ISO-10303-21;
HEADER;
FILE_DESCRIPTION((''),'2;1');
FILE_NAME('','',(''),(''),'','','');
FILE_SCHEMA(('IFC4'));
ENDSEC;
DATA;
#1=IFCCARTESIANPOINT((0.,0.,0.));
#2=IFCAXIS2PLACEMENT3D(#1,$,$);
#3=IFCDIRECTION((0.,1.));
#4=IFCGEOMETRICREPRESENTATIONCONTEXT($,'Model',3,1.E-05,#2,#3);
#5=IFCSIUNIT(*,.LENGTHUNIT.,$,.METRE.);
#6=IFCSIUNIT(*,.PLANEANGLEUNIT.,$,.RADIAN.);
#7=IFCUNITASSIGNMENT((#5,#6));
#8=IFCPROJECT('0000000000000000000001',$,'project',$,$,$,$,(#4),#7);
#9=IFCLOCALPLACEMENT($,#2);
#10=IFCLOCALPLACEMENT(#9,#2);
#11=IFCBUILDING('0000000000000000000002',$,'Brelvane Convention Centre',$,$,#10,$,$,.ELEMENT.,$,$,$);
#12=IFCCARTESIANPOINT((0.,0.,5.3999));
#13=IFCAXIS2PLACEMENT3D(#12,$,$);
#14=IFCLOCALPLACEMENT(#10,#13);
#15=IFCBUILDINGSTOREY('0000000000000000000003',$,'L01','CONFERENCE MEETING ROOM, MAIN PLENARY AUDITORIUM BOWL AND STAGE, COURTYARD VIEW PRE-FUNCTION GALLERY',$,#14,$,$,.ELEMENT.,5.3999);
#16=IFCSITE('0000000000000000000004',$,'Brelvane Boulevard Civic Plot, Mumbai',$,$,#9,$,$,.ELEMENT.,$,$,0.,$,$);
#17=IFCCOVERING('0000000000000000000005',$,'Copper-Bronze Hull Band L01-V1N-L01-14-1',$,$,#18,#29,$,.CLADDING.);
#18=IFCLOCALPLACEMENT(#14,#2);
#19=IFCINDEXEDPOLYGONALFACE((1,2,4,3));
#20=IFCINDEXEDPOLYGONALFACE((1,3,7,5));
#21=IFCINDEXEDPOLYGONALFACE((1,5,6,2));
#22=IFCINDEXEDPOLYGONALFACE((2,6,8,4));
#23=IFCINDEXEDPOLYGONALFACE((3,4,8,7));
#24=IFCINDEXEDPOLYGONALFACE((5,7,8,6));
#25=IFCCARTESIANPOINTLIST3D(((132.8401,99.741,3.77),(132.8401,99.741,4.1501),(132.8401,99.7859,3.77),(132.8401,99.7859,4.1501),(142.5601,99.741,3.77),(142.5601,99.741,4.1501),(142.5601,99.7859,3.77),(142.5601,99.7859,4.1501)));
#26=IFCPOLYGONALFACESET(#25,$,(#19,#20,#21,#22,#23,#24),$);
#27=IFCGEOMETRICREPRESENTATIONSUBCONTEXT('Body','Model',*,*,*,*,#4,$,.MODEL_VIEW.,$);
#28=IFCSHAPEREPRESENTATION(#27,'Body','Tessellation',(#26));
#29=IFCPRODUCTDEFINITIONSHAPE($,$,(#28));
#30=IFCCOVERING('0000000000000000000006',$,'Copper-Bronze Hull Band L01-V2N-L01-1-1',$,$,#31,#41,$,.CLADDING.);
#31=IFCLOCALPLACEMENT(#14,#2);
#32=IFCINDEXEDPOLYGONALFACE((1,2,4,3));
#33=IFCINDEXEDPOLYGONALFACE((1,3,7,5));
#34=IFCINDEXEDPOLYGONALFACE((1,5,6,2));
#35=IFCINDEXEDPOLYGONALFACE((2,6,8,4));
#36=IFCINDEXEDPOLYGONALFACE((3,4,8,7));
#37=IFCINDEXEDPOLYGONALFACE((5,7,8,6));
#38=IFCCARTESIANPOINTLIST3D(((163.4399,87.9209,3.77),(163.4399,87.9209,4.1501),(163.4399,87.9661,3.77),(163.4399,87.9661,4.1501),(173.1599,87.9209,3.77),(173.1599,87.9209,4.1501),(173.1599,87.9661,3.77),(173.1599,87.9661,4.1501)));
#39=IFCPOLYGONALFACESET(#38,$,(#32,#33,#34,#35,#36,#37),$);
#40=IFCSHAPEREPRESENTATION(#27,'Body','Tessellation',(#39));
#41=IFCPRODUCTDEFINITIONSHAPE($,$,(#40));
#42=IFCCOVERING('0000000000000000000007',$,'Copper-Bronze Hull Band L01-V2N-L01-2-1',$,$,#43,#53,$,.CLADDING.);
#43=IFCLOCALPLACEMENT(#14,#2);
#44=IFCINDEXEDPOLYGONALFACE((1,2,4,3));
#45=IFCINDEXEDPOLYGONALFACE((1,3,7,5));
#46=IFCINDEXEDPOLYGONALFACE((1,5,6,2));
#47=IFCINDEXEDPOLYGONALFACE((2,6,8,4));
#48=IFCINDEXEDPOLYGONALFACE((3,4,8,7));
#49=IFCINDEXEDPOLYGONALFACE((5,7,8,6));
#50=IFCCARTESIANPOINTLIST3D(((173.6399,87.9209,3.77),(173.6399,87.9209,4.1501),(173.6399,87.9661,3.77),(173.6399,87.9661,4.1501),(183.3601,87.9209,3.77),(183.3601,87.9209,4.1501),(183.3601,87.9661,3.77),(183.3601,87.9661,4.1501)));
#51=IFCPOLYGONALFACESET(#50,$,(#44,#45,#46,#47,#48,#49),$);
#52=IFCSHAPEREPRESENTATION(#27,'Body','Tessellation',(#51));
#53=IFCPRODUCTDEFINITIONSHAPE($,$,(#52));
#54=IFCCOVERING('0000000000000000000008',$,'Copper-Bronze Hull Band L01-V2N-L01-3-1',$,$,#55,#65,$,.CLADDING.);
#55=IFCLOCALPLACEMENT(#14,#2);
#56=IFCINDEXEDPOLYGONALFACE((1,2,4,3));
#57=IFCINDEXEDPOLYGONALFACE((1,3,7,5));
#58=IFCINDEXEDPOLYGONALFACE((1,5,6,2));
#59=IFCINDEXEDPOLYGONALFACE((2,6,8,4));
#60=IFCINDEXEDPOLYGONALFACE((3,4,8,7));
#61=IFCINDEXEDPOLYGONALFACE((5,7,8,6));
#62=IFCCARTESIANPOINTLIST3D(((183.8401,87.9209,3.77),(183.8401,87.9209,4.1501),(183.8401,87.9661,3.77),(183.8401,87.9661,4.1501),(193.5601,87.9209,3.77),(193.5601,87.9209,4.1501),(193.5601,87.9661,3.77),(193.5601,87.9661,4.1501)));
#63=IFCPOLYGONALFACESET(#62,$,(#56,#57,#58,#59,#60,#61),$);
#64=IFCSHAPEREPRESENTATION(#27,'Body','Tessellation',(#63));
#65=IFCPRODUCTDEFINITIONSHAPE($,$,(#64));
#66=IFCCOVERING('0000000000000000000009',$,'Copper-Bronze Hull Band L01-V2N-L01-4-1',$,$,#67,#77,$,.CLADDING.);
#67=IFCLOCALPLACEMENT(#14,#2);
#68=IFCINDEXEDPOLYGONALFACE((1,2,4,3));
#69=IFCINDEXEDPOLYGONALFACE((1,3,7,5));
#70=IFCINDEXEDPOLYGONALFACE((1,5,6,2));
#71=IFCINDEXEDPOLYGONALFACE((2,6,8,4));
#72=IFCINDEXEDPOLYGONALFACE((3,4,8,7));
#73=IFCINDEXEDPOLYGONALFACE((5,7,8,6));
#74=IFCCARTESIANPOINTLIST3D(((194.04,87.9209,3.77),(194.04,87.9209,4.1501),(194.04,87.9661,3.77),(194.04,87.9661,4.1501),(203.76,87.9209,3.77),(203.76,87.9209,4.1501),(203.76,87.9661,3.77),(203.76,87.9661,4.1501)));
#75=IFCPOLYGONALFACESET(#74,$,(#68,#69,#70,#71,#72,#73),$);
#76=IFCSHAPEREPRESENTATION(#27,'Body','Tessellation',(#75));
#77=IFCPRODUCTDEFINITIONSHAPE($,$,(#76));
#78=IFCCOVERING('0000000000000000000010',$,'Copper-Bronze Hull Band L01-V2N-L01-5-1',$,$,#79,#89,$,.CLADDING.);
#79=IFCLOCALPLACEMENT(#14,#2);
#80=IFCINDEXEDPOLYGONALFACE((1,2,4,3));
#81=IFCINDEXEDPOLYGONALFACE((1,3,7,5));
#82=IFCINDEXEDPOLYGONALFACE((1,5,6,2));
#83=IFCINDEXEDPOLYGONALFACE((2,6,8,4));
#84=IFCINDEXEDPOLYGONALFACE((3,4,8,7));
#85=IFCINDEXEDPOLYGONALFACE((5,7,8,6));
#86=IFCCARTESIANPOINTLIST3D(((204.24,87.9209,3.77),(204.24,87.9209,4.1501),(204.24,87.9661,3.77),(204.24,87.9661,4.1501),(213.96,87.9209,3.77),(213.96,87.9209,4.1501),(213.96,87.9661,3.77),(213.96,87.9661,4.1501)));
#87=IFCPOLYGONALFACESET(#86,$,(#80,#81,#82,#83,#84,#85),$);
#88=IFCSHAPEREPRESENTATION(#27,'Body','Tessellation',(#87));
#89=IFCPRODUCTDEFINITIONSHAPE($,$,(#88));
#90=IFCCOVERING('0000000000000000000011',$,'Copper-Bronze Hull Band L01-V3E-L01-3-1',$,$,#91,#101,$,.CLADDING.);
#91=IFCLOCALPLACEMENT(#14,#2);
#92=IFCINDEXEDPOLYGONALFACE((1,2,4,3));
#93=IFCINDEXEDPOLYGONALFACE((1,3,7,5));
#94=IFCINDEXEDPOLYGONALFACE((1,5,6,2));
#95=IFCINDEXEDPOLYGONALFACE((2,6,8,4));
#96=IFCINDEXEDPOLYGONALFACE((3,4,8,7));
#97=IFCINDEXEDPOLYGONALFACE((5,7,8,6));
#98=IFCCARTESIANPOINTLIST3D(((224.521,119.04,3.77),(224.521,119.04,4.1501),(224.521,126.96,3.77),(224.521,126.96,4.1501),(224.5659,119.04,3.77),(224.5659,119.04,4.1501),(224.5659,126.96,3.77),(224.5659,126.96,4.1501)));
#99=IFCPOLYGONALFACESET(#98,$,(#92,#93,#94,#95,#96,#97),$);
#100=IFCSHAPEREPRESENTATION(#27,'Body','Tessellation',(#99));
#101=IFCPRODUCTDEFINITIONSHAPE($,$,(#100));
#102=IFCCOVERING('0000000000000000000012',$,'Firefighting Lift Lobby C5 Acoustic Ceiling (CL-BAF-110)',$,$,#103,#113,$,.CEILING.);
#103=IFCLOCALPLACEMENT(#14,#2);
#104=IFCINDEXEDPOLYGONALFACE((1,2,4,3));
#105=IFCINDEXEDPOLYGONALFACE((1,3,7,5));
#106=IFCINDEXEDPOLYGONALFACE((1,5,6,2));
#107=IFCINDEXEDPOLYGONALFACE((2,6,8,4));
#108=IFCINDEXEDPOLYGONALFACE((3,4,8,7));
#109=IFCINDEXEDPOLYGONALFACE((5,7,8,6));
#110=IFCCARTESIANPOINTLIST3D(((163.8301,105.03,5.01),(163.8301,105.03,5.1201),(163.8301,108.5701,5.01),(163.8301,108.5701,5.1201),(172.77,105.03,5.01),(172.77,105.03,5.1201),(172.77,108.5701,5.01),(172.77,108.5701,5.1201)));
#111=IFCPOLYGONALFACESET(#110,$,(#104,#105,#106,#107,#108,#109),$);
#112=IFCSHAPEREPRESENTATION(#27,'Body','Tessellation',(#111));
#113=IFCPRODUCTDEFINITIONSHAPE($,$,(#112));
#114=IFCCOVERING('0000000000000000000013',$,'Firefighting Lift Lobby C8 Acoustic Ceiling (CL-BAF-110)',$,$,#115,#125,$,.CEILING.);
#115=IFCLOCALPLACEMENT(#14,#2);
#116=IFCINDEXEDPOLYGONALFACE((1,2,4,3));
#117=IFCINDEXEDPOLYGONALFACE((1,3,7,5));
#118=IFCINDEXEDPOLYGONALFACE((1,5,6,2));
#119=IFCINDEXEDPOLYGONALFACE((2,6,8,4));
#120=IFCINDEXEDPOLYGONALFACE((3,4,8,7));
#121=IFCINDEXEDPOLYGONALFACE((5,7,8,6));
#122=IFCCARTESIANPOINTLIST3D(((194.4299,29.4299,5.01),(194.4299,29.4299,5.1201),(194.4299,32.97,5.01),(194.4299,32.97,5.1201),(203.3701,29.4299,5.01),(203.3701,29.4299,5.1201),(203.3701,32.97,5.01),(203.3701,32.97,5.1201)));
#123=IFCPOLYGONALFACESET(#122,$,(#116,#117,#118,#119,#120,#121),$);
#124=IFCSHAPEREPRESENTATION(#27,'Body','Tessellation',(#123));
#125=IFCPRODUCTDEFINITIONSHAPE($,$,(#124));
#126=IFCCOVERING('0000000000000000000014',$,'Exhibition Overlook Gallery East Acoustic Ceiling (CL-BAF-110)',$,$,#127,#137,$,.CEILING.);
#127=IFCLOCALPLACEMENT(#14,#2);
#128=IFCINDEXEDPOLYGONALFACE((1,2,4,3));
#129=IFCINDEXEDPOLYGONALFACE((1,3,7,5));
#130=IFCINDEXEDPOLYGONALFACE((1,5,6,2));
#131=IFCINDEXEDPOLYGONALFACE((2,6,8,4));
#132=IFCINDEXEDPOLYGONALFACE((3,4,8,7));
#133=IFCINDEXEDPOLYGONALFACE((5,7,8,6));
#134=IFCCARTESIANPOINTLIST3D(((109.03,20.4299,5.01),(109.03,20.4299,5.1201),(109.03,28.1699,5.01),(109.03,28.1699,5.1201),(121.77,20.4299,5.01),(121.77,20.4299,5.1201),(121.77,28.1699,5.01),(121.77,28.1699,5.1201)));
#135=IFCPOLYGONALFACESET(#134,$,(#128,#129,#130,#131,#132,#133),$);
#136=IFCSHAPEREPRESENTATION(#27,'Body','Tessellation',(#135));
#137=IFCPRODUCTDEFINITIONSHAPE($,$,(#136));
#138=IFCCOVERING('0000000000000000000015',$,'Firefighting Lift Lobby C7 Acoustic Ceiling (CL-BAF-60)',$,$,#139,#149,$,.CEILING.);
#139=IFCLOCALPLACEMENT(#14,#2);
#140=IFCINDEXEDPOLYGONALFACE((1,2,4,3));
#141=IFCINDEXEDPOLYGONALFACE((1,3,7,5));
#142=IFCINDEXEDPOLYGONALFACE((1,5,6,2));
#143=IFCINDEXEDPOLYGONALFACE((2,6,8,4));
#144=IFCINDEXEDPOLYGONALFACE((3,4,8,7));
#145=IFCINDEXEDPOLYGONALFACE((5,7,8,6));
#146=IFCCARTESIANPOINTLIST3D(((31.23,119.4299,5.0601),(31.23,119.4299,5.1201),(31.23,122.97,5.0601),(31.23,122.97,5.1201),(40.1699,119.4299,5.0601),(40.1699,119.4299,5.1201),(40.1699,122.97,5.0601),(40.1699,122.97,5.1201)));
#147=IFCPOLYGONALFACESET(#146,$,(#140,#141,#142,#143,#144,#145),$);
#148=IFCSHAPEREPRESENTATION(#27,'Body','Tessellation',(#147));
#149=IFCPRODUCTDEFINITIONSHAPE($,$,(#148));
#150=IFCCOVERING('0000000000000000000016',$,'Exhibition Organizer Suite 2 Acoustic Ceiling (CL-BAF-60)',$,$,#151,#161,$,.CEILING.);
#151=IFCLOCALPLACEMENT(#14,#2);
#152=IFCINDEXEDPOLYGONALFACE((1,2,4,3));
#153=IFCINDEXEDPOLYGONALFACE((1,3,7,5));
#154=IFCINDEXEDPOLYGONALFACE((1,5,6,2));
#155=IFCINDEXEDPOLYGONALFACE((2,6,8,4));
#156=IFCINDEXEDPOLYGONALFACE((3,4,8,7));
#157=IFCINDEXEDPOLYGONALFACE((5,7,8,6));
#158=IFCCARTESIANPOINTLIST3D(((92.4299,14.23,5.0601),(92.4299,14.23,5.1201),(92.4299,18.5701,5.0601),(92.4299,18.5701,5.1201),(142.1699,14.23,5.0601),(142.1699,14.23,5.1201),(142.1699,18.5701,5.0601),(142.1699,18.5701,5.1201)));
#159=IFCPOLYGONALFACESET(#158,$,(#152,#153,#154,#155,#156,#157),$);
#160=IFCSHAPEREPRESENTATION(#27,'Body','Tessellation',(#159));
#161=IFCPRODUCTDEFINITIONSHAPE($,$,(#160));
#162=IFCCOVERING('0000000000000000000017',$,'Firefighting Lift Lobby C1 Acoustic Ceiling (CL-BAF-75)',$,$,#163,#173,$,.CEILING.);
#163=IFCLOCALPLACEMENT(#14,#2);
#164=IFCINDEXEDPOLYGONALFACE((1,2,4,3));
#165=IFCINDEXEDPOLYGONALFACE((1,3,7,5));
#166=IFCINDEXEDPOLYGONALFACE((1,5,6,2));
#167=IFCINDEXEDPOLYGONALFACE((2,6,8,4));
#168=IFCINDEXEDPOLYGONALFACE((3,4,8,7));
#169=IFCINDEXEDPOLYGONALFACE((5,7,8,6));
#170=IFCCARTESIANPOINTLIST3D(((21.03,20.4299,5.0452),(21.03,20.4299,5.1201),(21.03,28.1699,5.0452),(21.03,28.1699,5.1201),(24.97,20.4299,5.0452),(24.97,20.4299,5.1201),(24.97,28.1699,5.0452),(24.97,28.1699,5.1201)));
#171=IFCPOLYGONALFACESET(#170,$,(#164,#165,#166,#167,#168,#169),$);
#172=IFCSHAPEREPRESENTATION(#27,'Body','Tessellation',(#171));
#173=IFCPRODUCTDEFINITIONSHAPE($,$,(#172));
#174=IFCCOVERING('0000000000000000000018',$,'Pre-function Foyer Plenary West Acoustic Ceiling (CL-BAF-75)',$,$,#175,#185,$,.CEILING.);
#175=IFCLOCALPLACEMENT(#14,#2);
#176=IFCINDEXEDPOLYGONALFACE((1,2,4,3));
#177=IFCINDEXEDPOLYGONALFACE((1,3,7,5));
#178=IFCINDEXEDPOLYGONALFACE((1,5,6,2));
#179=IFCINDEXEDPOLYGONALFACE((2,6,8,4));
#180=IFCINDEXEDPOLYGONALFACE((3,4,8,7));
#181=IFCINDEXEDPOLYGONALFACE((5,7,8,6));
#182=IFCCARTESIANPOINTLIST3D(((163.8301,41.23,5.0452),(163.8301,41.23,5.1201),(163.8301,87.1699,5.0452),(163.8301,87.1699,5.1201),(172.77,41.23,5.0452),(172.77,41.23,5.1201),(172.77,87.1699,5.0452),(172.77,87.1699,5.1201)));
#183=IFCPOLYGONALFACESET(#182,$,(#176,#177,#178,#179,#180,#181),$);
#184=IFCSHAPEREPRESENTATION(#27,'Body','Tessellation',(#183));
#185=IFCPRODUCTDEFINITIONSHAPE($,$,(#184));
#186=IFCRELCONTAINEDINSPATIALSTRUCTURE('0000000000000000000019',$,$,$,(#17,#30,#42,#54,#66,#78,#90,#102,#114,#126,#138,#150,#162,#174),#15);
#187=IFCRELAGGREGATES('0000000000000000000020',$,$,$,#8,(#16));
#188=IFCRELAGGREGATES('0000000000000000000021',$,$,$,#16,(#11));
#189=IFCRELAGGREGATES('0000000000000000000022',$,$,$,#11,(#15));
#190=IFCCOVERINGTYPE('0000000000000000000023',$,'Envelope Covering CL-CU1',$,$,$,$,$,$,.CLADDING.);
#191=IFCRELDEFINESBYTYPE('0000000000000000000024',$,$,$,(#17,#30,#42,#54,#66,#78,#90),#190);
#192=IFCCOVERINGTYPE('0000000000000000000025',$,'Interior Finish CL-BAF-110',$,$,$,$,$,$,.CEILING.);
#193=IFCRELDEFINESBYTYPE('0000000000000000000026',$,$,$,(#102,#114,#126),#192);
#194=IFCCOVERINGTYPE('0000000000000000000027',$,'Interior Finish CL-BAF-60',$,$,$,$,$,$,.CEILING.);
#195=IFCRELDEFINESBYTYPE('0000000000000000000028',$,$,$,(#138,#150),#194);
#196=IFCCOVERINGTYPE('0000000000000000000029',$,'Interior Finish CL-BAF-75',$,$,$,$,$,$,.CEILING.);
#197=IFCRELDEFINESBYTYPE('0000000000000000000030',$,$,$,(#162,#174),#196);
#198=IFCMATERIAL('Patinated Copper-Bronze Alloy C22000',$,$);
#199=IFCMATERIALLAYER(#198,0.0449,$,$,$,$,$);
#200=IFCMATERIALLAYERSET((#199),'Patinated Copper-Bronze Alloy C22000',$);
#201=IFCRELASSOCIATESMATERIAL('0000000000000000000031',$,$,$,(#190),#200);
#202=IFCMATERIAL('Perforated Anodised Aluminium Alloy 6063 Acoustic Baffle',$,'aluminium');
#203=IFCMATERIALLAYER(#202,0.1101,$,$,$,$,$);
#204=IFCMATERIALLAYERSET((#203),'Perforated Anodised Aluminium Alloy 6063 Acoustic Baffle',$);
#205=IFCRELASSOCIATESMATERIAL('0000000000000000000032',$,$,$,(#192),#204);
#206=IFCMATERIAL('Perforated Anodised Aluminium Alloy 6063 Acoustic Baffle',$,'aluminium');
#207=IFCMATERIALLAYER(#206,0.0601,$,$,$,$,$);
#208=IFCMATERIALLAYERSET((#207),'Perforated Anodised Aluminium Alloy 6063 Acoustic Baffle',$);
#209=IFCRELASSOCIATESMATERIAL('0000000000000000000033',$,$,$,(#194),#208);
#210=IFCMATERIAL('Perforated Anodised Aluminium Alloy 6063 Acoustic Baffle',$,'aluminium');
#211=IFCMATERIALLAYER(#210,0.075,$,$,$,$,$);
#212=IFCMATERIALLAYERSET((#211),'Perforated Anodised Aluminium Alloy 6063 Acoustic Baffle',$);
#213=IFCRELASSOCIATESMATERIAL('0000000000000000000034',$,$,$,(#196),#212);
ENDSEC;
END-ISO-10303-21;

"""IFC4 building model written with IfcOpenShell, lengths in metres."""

from ifc_helpers import new_model, si_unit, direction, frame, origin, place, context, subcontext, project, spatial, polyline, outline, extrude, material, layer, layer_set, type_object, element, save


model = new_model("IFC4")

# Units and contexts
model_context = context("Model", 3, precision=1e-05, world=origin(), true_north=direction((0.0, 1.0)))
body_context = subcontext(model_context, "Body", "Model", "MODEL_VIEW")
ifc_project = project(units=[si_unit("LENGTHUNIT", "METRE"), si_unit("PLANEANGLEUNIT", "RADIAN")], contexts=[model_context])

# Site, building, storey
site_placement = place(None, origin())
site = spatial("IfcSite", under=ifc_project, at=site_placement, Name="Brelvane Boulevard Civic Plot, Mumbai", CompositionType="ELEMENT", RefElevation=0.0)
building_placement = place(site_placement, origin())
building = spatial("IfcBuilding", under=site, at=building_placement, Name="Brelvane Convention Centre", CompositionType="ELEMENT")
storey_placement = place(building_placement, frame((0.0, 0.0, 5.3999)))
storey = spatial("IfcBuildingStorey", under=building, at=storey_placement, Name="L01", Description="CONFERENCE MEETING ROOM, MAIN PLENARY AUDITORIUM BOWL AND STAGE, COURTYARD VIEW PRE-FUNCTION GALLERY", CompositionType="ELEMENT", Elevation=5.3999)

# Coverings
ifc_material_1 = material(Name="Patinated Copper-Bronze Alloy C22000")
ifc_layer_1 = layer(ifc_material_1, 0.0449)
ifc_layer_set_1 = layer_set([ifc_layer_1], Name="Patinated Copper-Bronze Alloy C22000")
covering_type_1 = type_object("IfcCoveringType", Name="Envelope Covering CL-CU1", PredefinedType="CLADDING", material=ifc_layer_set_1)
covering_1_placement = place(storey_placement, frame((0.0, 0.0, 3.77)))
element("IfcCovering", 1, at=covering_1_placement, inside=storey, type_object=covering_type_1, Name="Copper-Bronze Hull Band L01-V1N-L01-14-1", PredefinedType="CLADDING", context=body_context, shape_type="SweptSolid", body=[
    extrude(outline(polyline([(132.8401, 99.741), (142.5601, 99.741), (142.5601, 99.7859), (132.8401, 99.7859), (132.8401, 99.741)])), origin(), (0.0, 0.0, 1.0), 0.3801),
])
covering_2_placement = place(storey_placement, frame((0.0, 0.0, 3.77)))
element("IfcCovering", 2, at=covering_2_placement, inside=storey, type_object=covering_type_1, Name="Copper-Bronze Hull Band L01-V2N-L01-1-1", PredefinedType="CLADDING", context=body_context, shape_type="SweptSolid", body=[
    extrude(outline(polyline([(163.4399, 87.9209), (173.1599, 87.9209), (173.1599, 87.9661), (163.4399, 87.9661), (163.4399, 87.9209)])), origin(), (0.0, 0.0, 1.0), 0.3801),
])
covering_3_placement = place(storey_placement, frame((0.0, 0.0, 3.77)))
element("IfcCovering", 3, at=covering_3_placement, inside=storey, type_object=covering_type_1, Name="Copper-Bronze Hull Band L01-V2N-L01-2-1", PredefinedType="CLADDING", context=body_context, shape_type="SweptSolid", body=[
    extrude(outline(polyline([(173.6399, 87.9209), (183.3601, 87.9209), (183.3601, 87.9661), (173.6399, 87.9661), (173.6399, 87.9209)])), origin(), (0.0, 0.0, 1.0), 0.3801),
])
covering_4_placement = place(storey_placement, frame((0.0, 0.0, 3.77)))
element("IfcCovering", 4, at=covering_4_placement, inside=storey, type_object=covering_type_1, Name="Copper-Bronze Hull Band L01-V2N-L01-3-1", PredefinedType="CLADDING", context=body_context, shape_type="SweptSolid", body=[
    extrude(outline(polyline([(183.8401, 87.9209), (193.5601, 87.9209), (193.5601, 87.9661), (183.8401, 87.9661), (183.8401, 87.9209)])), origin(), (0.0, 0.0, 1.0), 0.3801),
])
covering_5_placement = place(storey_placement, frame((0.0, 0.0, 3.77)))
element("IfcCovering", 5, at=covering_5_placement, inside=storey, type_object=covering_type_1, Name="Copper-Bronze Hull Band L01-V2N-L01-4-1", PredefinedType="CLADDING", context=body_context, shape_type="SweptSolid", body=[
    extrude(outline(polyline([(194.04, 87.9209), (203.76, 87.9209), (203.76, 87.9661), (194.04, 87.9661), (194.04, 87.9209)])), origin(), (0.0, 0.0, 1.0), 0.3801),
])
covering_6_placement = place(storey_placement, frame((0.0, 0.0, 3.77)))
element("IfcCovering", 6, at=covering_6_placement, inside=storey, type_object=covering_type_1, Name="Copper-Bronze Hull Band L01-V2N-L01-5-1", PredefinedType="CLADDING", context=body_context, shape_type="SweptSolid", body=[
    extrude(outline(polyline([(204.24, 87.9209), (213.96, 87.9209), (213.96, 87.9661), (204.24, 87.9661), (204.24, 87.9209)])), origin(), (0.0, 0.0, 1.0), 0.3801),
])
covering_7_placement = place(storey_placement, frame((0.0, 0.0, 3.77)))
element("IfcCovering", 7, at=covering_7_placement, inside=storey, type_object=covering_type_1, Name="Copper-Bronze Hull Band L01-V3E-L01-3-1", PredefinedType="CLADDING", context=body_context, shape_type="SweptSolid", body=[
    extrude(outline(polyline([(224.5659, 119.04), (224.5659, 126.96), (224.521, 126.96), (224.521, 119.04), (224.5659, 119.04)])), origin(), (0.0, 0.0, 1.0), 0.3801),
])
ifc_material_2 = material(Name="Perforated Anodised Aluminium Alloy 6063 Acoustic Baffle", Category="aluminium")
ifc_layer_2 = layer(ifc_material_2, 0.1101)
ifc_layer_set_2 = layer_set([ifc_layer_2], Name="Perforated Anodised Aluminium Alloy 6063 Acoustic Baffle")
covering_type_2 = type_object("IfcCoveringType", Name="Interior Finish CL-BAF-110", PredefinedType="CEILING", material=ifc_layer_set_2)
covering_8_placement = place(storey_placement, frame((0.0, 0.0, 5.01)))
element("IfcCovering", 8, at=covering_8_placement, inside=storey, type_object=covering_type_2, Name="Firefighting Lift Lobby C5 Acoustic Ceiling (CL-BAF-110)", PredefinedType="CEILING", context=body_context, shape_type="SweptSolid", body=[
    extrude(outline(polyline([(163.8301, 105.03), (172.77, 105.03), (172.77, 108.5701), (163.8301, 108.5701), (163.8301, 105.03)])), origin(), (0.0, 0.0, 1.0), 0.1101),
])
covering_9_placement = place(storey_placement, frame((0.0, 0.0, 5.01)))
element("IfcCovering", 9, at=covering_9_placement, inside=storey, type_object=covering_type_2, Name="Firefighting Lift Lobby C8 Acoustic Ceiling (CL-BAF-110)", PredefinedType="CEILING", context=body_context, shape_type="SweptSolid", body=[
    extrude(outline(polyline([(194.4299, 29.4299), (203.3701, 29.4299), (203.3701, 32.97), (194.4299, 32.97), (194.4299, 29.4299)])), origin(), (0.0, 0.0, 1.0), 0.1101),
])
covering_10_placement = place(storey_placement, frame((0.0, 0.0, 5.01)))
element("IfcCovering", 10, at=covering_10_placement, inside=storey, type_object=covering_type_2, Name="Exhibition Overlook Gallery East Acoustic Ceiling (CL-BAF-110)", PredefinedType="CEILING", context=body_context, shape_type="SweptSolid", body=[
    extrude(outline(polyline([(109.03, 20.4299), (121.77, 20.4299), (121.77, 28.1699), (109.03, 28.1699), (109.03, 20.4299)])), origin(), (0.0, 0.0, 1.0), 0.1101),
])
ifc_material_3 = material(Name="Perforated Anodised Aluminium Alloy 6063 Acoustic Baffle", Category="aluminium")
ifc_layer_3 = layer(ifc_material_3, 0.0601)
ifc_layer_set_3 = layer_set([ifc_layer_3], Name="Perforated Anodised Aluminium Alloy 6063 Acoustic Baffle")
covering_type_3 = type_object("IfcCoveringType", Name="Interior Finish CL-BAF-60", PredefinedType="CEILING", material=ifc_layer_set_3)
covering_11_placement = place(storey_placement, frame((0.0, 0.0, 5.0601)))
element("IfcCovering", 11, at=covering_11_placement, inside=storey, type_object=covering_type_3, Name="Firefighting Lift Lobby C7 Acoustic Ceiling (CL-BAF-60)", PredefinedType="CEILING", context=body_context, shape_type="SweptSolid", body=[
    extrude(outline(polyline([(31.23, 119.4299), (40.1699, 119.4299), (40.1699, 122.97), (31.23, 122.97), (31.23, 119.4299)])), origin(), (0.0, 0.0, 1.0), 0.0601),
])
covering_12_placement = place(storey_placement, frame((0.0, 0.0, 5.0601)))
element("IfcCovering", 12, at=covering_12_placement, inside=storey, type_object=covering_type_3, Name="Exhibition Organizer Suite 2 Acoustic Ceiling (CL-BAF-60)", PredefinedType="CEILING", context=body_context, shape_type="SweptSolid", body=[
    extrude(outline(polyline([(92.4299, 14.23), (142.1699, 14.23), (142.1699, 18.5701), (92.4299, 18.5701), (92.4299, 14.23)])), origin(), (0.0, 0.0, 1.0), 0.0601),
])
ifc_material_4 = material(Name="Perforated Anodised Aluminium Alloy 6063 Acoustic Baffle", Category="aluminium")
ifc_layer_4 = layer(ifc_material_4, 0.075)
ifc_layer_set_4 = layer_set([ifc_layer_4], Name="Perforated Anodised Aluminium Alloy 6063 Acoustic Baffle")
covering_type_4 = type_object("IfcCoveringType", Name="Interior Finish CL-BAF-75", PredefinedType="CEILING", material=ifc_layer_set_4)
covering_13_placement = place(storey_placement, frame((0.0, 0.0, 5.0452)))
element("IfcCovering", 13, at=covering_13_placement, inside=storey, type_object=covering_type_4, Name="Firefighting Lift Lobby C1 Acoustic Ceiling (CL-BAF-75)", PredefinedType="CEILING", context=body_context, shape_type="SweptSolid", body=[
    extrude(outline(polyline([(21.03, 20.4299), (24.97, 20.4299), (24.97, 28.1699), (21.03, 28.1699), (21.03, 20.4299)])), origin(), (0.0, 0.0, 1.0), 0.075),
])
covering_14_placement = place(storey_placement, frame((0.0, 0.0, 5.0452)))
element("IfcCovering", 14, at=covering_14_placement, inside=storey, type_object=covering_type_4, Name="Pre-function Foyer Plenary West Acoustic Ceiling (CL-BAF-75)", PredefinedType="CEILING", context=body_context, shape_type="SweptSolid", body=[
    extrude(outline(polyline([(163.8301, 41.23), (172.77, 41.23), (172.77, 87.1699), (163.8301, 87.1699), (163.8301, 41.23)])), origin(), (0.0, 0.0, 1.0), 0.075),
])

save(model, "model.ifc")
